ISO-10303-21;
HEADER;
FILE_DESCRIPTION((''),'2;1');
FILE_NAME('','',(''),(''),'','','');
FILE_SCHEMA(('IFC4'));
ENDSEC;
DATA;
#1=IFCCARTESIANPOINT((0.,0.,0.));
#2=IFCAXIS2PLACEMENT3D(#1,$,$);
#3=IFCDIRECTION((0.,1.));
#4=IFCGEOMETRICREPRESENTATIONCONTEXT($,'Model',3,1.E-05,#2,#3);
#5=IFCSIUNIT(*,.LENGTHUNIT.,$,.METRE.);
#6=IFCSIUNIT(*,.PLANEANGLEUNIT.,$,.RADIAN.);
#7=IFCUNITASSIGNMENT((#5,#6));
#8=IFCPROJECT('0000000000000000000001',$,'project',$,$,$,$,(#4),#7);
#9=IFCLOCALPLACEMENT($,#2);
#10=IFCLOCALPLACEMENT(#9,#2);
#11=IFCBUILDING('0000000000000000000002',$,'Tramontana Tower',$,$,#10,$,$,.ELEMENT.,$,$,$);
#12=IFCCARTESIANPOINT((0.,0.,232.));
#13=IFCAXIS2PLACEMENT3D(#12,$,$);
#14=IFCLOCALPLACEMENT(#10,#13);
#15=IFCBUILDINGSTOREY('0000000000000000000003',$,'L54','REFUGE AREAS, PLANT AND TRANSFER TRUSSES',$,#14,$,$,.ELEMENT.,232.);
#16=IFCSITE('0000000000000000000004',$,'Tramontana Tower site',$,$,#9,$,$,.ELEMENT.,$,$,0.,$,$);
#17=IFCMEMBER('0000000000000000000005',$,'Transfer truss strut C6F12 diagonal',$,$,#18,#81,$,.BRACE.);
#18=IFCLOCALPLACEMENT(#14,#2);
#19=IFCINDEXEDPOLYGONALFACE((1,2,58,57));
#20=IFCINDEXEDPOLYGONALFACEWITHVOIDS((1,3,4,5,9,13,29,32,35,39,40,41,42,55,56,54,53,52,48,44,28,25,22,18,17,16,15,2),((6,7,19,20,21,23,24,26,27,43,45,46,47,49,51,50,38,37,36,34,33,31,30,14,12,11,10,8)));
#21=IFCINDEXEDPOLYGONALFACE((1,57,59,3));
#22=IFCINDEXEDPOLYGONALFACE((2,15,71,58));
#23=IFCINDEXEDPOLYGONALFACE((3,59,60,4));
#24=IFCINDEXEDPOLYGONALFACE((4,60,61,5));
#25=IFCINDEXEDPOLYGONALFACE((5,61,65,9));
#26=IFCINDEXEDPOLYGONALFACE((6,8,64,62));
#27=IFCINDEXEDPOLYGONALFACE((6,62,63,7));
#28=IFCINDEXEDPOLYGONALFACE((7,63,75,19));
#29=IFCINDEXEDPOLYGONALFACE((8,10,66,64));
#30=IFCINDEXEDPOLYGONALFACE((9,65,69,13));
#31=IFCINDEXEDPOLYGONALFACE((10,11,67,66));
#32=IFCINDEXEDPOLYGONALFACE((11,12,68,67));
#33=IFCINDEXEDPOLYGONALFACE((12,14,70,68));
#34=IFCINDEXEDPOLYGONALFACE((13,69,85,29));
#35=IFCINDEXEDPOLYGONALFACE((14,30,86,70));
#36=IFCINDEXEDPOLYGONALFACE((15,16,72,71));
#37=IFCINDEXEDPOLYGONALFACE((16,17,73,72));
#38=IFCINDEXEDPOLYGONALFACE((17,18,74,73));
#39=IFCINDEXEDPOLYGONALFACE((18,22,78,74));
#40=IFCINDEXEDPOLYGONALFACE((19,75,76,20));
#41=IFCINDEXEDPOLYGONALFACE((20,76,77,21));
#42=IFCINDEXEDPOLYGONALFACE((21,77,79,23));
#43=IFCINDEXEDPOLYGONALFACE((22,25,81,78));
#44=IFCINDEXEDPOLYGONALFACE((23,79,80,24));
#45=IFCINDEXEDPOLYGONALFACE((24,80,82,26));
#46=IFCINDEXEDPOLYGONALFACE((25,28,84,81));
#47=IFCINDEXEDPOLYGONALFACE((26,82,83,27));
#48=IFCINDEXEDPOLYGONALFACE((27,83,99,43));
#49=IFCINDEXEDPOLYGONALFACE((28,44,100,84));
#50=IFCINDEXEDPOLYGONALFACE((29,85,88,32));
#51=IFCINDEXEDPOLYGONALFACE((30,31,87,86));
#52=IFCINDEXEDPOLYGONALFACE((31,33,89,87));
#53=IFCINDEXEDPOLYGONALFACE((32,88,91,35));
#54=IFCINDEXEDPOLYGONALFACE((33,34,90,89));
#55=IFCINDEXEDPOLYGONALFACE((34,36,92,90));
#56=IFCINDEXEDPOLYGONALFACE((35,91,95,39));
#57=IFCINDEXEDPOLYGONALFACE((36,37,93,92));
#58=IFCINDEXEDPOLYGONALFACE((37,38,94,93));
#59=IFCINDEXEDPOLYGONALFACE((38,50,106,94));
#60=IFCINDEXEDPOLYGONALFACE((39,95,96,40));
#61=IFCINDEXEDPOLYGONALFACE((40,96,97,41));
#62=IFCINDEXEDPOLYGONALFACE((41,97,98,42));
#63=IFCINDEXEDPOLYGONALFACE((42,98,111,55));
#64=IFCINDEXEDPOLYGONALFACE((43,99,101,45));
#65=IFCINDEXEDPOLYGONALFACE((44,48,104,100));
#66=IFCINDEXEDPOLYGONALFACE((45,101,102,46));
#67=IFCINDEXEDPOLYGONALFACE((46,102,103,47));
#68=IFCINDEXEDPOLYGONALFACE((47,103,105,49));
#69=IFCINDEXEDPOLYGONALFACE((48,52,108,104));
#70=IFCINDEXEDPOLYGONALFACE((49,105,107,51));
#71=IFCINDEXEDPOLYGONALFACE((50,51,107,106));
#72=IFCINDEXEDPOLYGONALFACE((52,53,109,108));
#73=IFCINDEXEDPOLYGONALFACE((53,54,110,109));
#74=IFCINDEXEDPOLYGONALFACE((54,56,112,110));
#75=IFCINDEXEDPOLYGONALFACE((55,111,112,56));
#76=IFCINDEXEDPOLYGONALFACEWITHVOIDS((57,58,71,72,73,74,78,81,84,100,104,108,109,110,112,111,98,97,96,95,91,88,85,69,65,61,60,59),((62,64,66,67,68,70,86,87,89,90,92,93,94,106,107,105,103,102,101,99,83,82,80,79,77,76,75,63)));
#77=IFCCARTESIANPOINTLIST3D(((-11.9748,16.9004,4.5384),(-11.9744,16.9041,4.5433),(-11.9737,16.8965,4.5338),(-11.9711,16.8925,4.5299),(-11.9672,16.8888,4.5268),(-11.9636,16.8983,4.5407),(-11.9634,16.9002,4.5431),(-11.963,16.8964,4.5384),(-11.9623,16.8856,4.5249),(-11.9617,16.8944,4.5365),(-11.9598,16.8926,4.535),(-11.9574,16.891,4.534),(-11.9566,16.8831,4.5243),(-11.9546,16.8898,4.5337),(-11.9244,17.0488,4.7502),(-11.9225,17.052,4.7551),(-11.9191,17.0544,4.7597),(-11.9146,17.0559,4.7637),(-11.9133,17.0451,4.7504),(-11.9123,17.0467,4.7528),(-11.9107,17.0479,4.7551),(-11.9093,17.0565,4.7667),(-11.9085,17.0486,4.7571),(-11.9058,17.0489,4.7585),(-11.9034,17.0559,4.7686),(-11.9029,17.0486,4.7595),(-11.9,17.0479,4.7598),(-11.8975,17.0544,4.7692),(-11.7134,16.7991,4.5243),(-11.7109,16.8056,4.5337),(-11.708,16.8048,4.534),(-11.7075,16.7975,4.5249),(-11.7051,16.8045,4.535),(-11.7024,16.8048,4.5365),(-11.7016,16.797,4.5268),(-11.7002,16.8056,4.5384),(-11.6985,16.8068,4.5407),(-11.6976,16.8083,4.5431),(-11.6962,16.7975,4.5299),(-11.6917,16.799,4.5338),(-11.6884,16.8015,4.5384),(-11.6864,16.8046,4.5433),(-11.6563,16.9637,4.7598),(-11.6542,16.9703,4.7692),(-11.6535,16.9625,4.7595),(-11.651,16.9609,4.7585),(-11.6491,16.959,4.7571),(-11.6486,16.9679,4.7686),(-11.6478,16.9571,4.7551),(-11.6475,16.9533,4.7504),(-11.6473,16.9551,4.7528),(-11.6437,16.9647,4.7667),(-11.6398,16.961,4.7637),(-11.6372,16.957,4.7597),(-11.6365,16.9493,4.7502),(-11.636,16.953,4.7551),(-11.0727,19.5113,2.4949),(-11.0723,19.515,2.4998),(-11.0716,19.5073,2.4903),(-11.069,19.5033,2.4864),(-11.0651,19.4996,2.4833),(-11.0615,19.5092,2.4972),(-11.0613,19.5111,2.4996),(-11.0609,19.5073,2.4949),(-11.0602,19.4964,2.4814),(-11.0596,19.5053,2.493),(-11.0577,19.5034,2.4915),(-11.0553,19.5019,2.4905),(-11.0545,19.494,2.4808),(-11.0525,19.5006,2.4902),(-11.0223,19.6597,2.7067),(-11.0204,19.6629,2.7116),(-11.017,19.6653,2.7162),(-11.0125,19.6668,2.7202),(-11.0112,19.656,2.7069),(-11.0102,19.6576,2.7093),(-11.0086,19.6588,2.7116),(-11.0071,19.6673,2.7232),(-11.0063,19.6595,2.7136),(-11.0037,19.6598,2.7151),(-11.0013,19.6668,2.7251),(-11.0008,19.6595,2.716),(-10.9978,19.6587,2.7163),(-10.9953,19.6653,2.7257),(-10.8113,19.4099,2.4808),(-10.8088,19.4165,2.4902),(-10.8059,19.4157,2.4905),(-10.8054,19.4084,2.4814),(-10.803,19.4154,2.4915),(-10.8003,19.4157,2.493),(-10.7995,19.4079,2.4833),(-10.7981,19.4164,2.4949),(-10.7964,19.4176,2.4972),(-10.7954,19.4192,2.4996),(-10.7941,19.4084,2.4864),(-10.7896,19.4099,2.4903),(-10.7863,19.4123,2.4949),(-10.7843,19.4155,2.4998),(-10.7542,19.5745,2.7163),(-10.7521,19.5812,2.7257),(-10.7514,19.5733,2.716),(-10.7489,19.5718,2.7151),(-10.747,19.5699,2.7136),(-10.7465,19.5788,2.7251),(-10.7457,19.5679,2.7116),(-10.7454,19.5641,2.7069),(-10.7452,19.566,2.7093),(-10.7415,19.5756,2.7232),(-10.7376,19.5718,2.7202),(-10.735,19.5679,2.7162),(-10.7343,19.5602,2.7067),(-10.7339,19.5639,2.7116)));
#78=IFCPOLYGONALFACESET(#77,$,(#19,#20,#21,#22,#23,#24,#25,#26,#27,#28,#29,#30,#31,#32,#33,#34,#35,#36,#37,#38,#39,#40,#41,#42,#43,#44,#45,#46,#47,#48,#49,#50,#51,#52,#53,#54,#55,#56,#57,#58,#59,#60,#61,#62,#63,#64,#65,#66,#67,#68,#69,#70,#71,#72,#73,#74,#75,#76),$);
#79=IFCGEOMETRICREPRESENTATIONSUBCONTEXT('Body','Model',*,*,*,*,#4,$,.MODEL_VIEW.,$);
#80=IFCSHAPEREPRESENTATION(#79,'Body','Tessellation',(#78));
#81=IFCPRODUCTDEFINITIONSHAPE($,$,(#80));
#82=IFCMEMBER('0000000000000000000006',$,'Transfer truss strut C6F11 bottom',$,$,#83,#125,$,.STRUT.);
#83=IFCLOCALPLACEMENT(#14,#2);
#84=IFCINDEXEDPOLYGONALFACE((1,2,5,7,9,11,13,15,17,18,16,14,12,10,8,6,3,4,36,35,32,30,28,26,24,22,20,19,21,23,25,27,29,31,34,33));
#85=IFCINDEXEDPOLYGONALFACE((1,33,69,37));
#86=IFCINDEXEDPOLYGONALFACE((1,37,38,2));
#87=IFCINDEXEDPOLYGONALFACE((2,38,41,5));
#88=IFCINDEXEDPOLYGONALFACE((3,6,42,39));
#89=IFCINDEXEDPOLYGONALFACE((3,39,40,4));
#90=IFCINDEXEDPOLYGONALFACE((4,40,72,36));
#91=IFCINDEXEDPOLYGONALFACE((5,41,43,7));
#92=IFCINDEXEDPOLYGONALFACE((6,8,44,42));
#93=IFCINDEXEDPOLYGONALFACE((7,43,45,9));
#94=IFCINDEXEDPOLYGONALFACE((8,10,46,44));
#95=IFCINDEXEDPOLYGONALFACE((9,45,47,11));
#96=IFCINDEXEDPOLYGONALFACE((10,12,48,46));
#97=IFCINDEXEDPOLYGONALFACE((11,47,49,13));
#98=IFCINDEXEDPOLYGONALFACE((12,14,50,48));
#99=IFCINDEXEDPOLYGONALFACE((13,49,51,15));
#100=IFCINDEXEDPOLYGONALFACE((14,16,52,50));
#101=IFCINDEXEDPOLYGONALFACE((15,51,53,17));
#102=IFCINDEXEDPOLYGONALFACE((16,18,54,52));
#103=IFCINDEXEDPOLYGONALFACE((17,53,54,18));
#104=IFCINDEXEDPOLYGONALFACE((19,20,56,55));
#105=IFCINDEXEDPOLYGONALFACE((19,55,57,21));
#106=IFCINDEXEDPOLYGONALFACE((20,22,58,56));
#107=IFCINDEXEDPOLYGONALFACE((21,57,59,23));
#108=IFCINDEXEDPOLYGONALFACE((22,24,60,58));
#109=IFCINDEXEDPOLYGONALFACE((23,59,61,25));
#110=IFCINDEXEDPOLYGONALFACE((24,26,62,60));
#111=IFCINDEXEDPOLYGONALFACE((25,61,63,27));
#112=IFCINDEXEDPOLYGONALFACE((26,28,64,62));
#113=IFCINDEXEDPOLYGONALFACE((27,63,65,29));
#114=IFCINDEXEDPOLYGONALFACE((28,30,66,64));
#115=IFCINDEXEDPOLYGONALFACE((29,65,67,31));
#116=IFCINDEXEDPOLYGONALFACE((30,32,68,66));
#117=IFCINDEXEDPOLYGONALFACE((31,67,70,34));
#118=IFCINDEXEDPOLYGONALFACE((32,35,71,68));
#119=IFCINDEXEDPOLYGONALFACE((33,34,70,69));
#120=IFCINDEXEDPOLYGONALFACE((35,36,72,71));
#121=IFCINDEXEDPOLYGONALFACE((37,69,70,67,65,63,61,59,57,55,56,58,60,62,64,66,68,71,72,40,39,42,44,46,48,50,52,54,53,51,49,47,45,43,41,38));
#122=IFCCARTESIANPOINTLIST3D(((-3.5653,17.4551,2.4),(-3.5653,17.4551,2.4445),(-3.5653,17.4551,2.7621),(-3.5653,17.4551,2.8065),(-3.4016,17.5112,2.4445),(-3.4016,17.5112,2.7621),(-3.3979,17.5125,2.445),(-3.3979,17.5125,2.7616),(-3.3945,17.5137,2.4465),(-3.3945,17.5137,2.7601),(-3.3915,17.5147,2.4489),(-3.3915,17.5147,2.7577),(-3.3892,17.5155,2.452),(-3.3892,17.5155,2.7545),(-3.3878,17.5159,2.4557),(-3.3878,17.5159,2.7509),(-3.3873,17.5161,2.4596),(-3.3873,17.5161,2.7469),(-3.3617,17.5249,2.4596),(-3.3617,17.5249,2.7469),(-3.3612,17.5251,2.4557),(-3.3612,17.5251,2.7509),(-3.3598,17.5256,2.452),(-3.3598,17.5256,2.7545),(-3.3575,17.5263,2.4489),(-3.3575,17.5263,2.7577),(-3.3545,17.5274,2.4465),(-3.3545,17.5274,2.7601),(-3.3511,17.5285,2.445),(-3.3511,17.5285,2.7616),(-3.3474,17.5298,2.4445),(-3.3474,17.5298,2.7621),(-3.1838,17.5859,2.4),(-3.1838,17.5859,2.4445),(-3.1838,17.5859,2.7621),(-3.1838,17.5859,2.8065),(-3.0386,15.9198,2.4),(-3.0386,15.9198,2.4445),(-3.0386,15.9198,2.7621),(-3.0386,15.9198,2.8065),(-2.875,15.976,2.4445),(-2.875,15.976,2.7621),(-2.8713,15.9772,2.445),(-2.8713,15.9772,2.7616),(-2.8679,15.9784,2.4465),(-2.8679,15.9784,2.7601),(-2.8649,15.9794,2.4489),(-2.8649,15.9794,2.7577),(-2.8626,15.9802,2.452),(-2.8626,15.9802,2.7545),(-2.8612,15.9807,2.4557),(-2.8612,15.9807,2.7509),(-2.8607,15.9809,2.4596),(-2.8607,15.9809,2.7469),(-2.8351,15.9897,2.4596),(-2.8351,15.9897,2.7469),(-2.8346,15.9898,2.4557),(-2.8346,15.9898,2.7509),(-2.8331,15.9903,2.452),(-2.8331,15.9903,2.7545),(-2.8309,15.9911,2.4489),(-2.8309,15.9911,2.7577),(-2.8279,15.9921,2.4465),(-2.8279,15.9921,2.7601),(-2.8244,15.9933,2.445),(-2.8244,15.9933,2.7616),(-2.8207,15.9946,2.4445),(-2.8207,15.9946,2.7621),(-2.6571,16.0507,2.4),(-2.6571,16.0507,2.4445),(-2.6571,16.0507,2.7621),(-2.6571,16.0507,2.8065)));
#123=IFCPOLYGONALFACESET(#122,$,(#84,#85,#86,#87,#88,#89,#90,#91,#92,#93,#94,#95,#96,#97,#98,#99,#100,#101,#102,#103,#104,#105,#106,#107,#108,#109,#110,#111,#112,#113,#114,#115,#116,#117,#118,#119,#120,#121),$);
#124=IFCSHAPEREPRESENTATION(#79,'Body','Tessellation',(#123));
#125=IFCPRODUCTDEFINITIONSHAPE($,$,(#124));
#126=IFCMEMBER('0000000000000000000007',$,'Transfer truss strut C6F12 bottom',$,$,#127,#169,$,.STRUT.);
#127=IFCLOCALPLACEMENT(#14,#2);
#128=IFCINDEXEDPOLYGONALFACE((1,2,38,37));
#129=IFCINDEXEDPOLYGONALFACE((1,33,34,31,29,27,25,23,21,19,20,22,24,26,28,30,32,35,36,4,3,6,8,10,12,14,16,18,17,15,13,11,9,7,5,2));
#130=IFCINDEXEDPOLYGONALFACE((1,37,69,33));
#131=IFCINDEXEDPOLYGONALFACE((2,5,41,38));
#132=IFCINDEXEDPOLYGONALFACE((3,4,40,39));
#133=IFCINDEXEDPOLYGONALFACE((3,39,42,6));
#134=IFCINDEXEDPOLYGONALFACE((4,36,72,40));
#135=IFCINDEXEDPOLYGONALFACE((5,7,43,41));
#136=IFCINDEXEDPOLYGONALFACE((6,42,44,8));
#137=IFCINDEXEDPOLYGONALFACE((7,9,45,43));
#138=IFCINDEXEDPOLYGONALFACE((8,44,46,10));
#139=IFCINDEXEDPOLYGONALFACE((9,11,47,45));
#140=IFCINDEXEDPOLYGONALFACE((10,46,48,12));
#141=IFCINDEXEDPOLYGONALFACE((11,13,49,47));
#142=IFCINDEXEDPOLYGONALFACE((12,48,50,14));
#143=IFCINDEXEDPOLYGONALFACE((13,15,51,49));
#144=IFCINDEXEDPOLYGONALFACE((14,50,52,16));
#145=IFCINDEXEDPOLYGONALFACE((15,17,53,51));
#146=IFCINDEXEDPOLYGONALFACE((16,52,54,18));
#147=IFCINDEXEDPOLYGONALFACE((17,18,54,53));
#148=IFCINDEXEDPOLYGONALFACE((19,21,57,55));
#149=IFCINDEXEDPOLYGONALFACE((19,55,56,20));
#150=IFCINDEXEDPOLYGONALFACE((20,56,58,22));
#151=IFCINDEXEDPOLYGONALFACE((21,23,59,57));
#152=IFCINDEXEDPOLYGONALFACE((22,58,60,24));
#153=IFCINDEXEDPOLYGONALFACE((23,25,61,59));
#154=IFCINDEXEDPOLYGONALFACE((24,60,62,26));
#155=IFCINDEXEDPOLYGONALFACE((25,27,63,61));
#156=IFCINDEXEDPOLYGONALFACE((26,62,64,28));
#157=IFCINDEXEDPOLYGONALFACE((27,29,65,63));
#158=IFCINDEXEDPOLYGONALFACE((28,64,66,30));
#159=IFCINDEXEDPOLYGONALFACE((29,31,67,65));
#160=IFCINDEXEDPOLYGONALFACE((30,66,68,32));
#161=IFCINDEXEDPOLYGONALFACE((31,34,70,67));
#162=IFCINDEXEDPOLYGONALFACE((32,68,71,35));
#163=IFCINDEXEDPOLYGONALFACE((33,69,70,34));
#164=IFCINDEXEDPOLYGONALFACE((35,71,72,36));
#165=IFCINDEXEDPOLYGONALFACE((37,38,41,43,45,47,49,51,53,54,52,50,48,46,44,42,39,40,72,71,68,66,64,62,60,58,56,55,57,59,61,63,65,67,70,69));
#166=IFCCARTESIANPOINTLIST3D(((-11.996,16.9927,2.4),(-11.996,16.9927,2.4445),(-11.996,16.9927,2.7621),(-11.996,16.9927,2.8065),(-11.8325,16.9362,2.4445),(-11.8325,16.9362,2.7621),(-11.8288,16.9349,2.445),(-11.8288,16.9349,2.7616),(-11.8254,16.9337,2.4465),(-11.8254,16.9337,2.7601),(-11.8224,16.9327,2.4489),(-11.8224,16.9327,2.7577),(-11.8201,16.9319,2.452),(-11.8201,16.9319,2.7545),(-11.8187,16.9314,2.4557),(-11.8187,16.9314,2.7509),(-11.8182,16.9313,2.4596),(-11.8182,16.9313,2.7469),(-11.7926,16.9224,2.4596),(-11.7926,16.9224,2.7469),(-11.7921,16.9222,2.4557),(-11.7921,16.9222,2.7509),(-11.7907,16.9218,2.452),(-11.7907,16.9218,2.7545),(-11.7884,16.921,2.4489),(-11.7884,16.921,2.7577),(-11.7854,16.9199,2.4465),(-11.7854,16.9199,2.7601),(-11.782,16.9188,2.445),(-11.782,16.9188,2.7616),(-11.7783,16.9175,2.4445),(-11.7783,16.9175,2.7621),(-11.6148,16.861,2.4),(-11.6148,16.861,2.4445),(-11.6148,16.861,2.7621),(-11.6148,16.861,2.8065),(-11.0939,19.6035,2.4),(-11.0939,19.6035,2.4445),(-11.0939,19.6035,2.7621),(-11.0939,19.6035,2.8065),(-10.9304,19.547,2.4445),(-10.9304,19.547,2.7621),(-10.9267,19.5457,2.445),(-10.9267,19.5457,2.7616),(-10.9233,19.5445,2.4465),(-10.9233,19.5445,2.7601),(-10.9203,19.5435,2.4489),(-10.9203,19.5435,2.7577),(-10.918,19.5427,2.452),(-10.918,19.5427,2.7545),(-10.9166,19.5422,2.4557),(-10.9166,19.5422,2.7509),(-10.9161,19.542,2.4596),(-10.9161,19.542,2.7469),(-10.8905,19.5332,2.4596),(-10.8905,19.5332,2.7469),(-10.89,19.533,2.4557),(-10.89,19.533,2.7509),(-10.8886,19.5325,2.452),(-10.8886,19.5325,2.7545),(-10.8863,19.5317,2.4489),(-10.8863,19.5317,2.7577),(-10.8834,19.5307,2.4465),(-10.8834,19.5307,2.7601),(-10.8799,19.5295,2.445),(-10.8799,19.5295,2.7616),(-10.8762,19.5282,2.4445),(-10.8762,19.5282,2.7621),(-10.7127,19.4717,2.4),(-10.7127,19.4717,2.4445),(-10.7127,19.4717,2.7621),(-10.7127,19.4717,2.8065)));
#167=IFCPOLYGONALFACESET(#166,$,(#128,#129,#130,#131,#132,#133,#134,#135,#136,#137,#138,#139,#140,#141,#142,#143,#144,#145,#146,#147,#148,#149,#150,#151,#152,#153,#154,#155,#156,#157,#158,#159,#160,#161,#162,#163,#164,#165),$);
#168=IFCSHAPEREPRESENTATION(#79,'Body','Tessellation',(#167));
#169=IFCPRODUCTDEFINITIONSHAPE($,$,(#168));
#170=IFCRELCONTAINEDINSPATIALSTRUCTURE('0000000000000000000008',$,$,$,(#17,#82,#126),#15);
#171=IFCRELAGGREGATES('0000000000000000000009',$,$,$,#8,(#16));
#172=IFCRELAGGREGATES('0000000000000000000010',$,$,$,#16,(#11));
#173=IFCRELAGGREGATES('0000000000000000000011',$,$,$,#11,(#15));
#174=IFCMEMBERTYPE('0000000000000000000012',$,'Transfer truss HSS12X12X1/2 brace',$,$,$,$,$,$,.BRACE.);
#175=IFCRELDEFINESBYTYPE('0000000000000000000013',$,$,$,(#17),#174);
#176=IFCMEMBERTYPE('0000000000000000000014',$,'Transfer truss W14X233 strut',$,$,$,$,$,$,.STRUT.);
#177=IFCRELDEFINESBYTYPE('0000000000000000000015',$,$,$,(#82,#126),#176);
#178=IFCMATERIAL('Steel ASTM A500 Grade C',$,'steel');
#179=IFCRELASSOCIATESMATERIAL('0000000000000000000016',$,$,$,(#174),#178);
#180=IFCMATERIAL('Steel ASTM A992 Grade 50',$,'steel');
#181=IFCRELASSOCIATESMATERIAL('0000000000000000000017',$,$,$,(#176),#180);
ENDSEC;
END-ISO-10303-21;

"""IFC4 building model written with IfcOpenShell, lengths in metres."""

from ifc_helpers import new_model, si_unit, direction, frame, origin, origin_2d, place, context, subcontext, project, spatial, hollow_rectangle, i_section, extrude, material, material_profile, profile_set, type_object, element, save


model = new_model("IFC4")

# Units and contexts
model_context = context("Model", 3, precision=1e-05, world=origin(), true_north=direction((0.0, 1.0)))
body_context = subcontext(model_context, "Body", "Model", "MODEL_VIEW")
ifc_project = project(units=[si_unit("LENGTHUNIT", "METRE"), si_unit("PLANEANGLEUNIT", "RADIAN")], contexts=[model_context])

# Site, building, storey
site_placement = place(None, origin())
site = spatial("IfcSite", under=ifc_project, at=site_placement, Name="Tramontana Tower site", CompositionType="ELEMENT", RefElevation=0.0)
building_placement = place(site_placement, origin())
building = spatial("IfcBuilding", under=site, at=building_placement, Name="Tramontana Tower", CompositionType="ELEMENT")
storey_placement = place(building_placement, frame((0.0, 0.0, 232.0)))
storey = spatial("IfcBuildingStorey", under=building, at=storey_placement, Name="L54", Description="REFUGE AREAS, PLANT AND TRANSFER TRUSSES", CompositionType="ELEMENT", Elevation=232.0)

# Members
ifc_material_1 = material(Name="Steel ASTM A500 Grade C", Category="steel")
ifc_material_profile_1 = material_profile(ifc_material_1, hollow_rectangle(XDim=0.3047, YDim=0.3047, WallThickness=0.0117, InnerFilletRadius=0.0117, OuterFilletRadius=0.0237, at=origin_2d()), Name="HSS12X12X1/2")
ifc_profile_set_1 = profile_set([ifc_material_profile_1], Name="Steel ASTM A500 Grade C")
member_type_1 = type_object("IfcMemberType", Name="Transfer truss HSS12X12X1/2 brace", PredefinedType="BRACE", material=ifc_profile_set_1)
member_1_placement = place(storey_placement, frame((-10.9033, 19.5376, 2.6033), z_axis=(-0.262545, -0.759852, 0.594723), x_axis=(0.945171, -0.326576, 0.0)))
element("IfcMember", 1, at=member_1_placement, inside=storey, type_object=member_type_1, Name="Transfer truss strut C6F12 diagonal", PredefinedType="BRACE", context=body_context, shape_type="SweptSolid", body=[
    extrude(hollow_rectangle(XDim=0.3047, YDim=0.3047, WallThickness=0.0117, InnerFilletRadius=0.0117, OuterFilletRadius=0.0237, at=origin_2d()), origin(), (0.0, 0.0, 1.0), 3.436),
])
ifc_material_2 = material(Name="Steel ASTM A992 Grade 50", Category="steel")
ifc_material_profile_2 = material_profile(ifc_material_2, i_section(OverallWidth=0.4033, OverallDepth=0.4065, WebThickness=0.0271, FlangeThickness=0.0444, FilletRadius=0.0151, at=origin_2d()), Name="W14X233")
ifc_profile_set_2 = profile_set([ifc_material_profile_2], Name="Steel ASTM A992 Grade 50")
member_type_2 = type_object("IfcMemberType", Name="Transfer truss W14X233 strut", PredefinedType="STRUT", material=ifc_profile_set_2)
member_2_placement = place(storey_placement, frame((-3.3745, 17.5205, 2.6033), z_axis=(0.324474, -0.945895, 0.0), x_axis=(0.945895, 0.324474, 0.0)))
element("IfcMember", 2, at=member_2_placement, inside=storey, type_object=member_type_2, Name="Transfer truss strut C6F11 bottom", PredefinedType="STRUT", context=body_context, shape_type="SweptSolid", body=[
    extrude(i_section(OverallWidth=0.4033, OverallDepth=0.4065, WebThickness=0.0271, FlangeThickness=0.0444, FilletRadius=0.0151, at=origin_2d()), origin(), (0.0, 0.0, 1.0), 1.623),
])
member_3_placement = place(storey_placement, frame((-10.9033, 19.5376, 2.6033), z_axis=(-0.326576, -0.945171, 0.0), x_axis=(0.945171, -0.326576, 0.0)))
element("IfcMember", 3, at=member_3_placement, inside=storey, type_object=member_type_2, Name="Transfer truss strut C6F12 bottom", PredefinedType="STRUT", context=body_context, shape_type="SweptSolid", body=[
    extrude(i_section(OverallWidth=0.4033, OverallDepth=0.4065, WebThickness=0.0271, FlangeThickness=0.0444, FilletRadius=0.0151, at=origin_2d()), origin(), (0.0, 0.0, 1.0), 2.7622),
])

save(model, "model.ifc")
